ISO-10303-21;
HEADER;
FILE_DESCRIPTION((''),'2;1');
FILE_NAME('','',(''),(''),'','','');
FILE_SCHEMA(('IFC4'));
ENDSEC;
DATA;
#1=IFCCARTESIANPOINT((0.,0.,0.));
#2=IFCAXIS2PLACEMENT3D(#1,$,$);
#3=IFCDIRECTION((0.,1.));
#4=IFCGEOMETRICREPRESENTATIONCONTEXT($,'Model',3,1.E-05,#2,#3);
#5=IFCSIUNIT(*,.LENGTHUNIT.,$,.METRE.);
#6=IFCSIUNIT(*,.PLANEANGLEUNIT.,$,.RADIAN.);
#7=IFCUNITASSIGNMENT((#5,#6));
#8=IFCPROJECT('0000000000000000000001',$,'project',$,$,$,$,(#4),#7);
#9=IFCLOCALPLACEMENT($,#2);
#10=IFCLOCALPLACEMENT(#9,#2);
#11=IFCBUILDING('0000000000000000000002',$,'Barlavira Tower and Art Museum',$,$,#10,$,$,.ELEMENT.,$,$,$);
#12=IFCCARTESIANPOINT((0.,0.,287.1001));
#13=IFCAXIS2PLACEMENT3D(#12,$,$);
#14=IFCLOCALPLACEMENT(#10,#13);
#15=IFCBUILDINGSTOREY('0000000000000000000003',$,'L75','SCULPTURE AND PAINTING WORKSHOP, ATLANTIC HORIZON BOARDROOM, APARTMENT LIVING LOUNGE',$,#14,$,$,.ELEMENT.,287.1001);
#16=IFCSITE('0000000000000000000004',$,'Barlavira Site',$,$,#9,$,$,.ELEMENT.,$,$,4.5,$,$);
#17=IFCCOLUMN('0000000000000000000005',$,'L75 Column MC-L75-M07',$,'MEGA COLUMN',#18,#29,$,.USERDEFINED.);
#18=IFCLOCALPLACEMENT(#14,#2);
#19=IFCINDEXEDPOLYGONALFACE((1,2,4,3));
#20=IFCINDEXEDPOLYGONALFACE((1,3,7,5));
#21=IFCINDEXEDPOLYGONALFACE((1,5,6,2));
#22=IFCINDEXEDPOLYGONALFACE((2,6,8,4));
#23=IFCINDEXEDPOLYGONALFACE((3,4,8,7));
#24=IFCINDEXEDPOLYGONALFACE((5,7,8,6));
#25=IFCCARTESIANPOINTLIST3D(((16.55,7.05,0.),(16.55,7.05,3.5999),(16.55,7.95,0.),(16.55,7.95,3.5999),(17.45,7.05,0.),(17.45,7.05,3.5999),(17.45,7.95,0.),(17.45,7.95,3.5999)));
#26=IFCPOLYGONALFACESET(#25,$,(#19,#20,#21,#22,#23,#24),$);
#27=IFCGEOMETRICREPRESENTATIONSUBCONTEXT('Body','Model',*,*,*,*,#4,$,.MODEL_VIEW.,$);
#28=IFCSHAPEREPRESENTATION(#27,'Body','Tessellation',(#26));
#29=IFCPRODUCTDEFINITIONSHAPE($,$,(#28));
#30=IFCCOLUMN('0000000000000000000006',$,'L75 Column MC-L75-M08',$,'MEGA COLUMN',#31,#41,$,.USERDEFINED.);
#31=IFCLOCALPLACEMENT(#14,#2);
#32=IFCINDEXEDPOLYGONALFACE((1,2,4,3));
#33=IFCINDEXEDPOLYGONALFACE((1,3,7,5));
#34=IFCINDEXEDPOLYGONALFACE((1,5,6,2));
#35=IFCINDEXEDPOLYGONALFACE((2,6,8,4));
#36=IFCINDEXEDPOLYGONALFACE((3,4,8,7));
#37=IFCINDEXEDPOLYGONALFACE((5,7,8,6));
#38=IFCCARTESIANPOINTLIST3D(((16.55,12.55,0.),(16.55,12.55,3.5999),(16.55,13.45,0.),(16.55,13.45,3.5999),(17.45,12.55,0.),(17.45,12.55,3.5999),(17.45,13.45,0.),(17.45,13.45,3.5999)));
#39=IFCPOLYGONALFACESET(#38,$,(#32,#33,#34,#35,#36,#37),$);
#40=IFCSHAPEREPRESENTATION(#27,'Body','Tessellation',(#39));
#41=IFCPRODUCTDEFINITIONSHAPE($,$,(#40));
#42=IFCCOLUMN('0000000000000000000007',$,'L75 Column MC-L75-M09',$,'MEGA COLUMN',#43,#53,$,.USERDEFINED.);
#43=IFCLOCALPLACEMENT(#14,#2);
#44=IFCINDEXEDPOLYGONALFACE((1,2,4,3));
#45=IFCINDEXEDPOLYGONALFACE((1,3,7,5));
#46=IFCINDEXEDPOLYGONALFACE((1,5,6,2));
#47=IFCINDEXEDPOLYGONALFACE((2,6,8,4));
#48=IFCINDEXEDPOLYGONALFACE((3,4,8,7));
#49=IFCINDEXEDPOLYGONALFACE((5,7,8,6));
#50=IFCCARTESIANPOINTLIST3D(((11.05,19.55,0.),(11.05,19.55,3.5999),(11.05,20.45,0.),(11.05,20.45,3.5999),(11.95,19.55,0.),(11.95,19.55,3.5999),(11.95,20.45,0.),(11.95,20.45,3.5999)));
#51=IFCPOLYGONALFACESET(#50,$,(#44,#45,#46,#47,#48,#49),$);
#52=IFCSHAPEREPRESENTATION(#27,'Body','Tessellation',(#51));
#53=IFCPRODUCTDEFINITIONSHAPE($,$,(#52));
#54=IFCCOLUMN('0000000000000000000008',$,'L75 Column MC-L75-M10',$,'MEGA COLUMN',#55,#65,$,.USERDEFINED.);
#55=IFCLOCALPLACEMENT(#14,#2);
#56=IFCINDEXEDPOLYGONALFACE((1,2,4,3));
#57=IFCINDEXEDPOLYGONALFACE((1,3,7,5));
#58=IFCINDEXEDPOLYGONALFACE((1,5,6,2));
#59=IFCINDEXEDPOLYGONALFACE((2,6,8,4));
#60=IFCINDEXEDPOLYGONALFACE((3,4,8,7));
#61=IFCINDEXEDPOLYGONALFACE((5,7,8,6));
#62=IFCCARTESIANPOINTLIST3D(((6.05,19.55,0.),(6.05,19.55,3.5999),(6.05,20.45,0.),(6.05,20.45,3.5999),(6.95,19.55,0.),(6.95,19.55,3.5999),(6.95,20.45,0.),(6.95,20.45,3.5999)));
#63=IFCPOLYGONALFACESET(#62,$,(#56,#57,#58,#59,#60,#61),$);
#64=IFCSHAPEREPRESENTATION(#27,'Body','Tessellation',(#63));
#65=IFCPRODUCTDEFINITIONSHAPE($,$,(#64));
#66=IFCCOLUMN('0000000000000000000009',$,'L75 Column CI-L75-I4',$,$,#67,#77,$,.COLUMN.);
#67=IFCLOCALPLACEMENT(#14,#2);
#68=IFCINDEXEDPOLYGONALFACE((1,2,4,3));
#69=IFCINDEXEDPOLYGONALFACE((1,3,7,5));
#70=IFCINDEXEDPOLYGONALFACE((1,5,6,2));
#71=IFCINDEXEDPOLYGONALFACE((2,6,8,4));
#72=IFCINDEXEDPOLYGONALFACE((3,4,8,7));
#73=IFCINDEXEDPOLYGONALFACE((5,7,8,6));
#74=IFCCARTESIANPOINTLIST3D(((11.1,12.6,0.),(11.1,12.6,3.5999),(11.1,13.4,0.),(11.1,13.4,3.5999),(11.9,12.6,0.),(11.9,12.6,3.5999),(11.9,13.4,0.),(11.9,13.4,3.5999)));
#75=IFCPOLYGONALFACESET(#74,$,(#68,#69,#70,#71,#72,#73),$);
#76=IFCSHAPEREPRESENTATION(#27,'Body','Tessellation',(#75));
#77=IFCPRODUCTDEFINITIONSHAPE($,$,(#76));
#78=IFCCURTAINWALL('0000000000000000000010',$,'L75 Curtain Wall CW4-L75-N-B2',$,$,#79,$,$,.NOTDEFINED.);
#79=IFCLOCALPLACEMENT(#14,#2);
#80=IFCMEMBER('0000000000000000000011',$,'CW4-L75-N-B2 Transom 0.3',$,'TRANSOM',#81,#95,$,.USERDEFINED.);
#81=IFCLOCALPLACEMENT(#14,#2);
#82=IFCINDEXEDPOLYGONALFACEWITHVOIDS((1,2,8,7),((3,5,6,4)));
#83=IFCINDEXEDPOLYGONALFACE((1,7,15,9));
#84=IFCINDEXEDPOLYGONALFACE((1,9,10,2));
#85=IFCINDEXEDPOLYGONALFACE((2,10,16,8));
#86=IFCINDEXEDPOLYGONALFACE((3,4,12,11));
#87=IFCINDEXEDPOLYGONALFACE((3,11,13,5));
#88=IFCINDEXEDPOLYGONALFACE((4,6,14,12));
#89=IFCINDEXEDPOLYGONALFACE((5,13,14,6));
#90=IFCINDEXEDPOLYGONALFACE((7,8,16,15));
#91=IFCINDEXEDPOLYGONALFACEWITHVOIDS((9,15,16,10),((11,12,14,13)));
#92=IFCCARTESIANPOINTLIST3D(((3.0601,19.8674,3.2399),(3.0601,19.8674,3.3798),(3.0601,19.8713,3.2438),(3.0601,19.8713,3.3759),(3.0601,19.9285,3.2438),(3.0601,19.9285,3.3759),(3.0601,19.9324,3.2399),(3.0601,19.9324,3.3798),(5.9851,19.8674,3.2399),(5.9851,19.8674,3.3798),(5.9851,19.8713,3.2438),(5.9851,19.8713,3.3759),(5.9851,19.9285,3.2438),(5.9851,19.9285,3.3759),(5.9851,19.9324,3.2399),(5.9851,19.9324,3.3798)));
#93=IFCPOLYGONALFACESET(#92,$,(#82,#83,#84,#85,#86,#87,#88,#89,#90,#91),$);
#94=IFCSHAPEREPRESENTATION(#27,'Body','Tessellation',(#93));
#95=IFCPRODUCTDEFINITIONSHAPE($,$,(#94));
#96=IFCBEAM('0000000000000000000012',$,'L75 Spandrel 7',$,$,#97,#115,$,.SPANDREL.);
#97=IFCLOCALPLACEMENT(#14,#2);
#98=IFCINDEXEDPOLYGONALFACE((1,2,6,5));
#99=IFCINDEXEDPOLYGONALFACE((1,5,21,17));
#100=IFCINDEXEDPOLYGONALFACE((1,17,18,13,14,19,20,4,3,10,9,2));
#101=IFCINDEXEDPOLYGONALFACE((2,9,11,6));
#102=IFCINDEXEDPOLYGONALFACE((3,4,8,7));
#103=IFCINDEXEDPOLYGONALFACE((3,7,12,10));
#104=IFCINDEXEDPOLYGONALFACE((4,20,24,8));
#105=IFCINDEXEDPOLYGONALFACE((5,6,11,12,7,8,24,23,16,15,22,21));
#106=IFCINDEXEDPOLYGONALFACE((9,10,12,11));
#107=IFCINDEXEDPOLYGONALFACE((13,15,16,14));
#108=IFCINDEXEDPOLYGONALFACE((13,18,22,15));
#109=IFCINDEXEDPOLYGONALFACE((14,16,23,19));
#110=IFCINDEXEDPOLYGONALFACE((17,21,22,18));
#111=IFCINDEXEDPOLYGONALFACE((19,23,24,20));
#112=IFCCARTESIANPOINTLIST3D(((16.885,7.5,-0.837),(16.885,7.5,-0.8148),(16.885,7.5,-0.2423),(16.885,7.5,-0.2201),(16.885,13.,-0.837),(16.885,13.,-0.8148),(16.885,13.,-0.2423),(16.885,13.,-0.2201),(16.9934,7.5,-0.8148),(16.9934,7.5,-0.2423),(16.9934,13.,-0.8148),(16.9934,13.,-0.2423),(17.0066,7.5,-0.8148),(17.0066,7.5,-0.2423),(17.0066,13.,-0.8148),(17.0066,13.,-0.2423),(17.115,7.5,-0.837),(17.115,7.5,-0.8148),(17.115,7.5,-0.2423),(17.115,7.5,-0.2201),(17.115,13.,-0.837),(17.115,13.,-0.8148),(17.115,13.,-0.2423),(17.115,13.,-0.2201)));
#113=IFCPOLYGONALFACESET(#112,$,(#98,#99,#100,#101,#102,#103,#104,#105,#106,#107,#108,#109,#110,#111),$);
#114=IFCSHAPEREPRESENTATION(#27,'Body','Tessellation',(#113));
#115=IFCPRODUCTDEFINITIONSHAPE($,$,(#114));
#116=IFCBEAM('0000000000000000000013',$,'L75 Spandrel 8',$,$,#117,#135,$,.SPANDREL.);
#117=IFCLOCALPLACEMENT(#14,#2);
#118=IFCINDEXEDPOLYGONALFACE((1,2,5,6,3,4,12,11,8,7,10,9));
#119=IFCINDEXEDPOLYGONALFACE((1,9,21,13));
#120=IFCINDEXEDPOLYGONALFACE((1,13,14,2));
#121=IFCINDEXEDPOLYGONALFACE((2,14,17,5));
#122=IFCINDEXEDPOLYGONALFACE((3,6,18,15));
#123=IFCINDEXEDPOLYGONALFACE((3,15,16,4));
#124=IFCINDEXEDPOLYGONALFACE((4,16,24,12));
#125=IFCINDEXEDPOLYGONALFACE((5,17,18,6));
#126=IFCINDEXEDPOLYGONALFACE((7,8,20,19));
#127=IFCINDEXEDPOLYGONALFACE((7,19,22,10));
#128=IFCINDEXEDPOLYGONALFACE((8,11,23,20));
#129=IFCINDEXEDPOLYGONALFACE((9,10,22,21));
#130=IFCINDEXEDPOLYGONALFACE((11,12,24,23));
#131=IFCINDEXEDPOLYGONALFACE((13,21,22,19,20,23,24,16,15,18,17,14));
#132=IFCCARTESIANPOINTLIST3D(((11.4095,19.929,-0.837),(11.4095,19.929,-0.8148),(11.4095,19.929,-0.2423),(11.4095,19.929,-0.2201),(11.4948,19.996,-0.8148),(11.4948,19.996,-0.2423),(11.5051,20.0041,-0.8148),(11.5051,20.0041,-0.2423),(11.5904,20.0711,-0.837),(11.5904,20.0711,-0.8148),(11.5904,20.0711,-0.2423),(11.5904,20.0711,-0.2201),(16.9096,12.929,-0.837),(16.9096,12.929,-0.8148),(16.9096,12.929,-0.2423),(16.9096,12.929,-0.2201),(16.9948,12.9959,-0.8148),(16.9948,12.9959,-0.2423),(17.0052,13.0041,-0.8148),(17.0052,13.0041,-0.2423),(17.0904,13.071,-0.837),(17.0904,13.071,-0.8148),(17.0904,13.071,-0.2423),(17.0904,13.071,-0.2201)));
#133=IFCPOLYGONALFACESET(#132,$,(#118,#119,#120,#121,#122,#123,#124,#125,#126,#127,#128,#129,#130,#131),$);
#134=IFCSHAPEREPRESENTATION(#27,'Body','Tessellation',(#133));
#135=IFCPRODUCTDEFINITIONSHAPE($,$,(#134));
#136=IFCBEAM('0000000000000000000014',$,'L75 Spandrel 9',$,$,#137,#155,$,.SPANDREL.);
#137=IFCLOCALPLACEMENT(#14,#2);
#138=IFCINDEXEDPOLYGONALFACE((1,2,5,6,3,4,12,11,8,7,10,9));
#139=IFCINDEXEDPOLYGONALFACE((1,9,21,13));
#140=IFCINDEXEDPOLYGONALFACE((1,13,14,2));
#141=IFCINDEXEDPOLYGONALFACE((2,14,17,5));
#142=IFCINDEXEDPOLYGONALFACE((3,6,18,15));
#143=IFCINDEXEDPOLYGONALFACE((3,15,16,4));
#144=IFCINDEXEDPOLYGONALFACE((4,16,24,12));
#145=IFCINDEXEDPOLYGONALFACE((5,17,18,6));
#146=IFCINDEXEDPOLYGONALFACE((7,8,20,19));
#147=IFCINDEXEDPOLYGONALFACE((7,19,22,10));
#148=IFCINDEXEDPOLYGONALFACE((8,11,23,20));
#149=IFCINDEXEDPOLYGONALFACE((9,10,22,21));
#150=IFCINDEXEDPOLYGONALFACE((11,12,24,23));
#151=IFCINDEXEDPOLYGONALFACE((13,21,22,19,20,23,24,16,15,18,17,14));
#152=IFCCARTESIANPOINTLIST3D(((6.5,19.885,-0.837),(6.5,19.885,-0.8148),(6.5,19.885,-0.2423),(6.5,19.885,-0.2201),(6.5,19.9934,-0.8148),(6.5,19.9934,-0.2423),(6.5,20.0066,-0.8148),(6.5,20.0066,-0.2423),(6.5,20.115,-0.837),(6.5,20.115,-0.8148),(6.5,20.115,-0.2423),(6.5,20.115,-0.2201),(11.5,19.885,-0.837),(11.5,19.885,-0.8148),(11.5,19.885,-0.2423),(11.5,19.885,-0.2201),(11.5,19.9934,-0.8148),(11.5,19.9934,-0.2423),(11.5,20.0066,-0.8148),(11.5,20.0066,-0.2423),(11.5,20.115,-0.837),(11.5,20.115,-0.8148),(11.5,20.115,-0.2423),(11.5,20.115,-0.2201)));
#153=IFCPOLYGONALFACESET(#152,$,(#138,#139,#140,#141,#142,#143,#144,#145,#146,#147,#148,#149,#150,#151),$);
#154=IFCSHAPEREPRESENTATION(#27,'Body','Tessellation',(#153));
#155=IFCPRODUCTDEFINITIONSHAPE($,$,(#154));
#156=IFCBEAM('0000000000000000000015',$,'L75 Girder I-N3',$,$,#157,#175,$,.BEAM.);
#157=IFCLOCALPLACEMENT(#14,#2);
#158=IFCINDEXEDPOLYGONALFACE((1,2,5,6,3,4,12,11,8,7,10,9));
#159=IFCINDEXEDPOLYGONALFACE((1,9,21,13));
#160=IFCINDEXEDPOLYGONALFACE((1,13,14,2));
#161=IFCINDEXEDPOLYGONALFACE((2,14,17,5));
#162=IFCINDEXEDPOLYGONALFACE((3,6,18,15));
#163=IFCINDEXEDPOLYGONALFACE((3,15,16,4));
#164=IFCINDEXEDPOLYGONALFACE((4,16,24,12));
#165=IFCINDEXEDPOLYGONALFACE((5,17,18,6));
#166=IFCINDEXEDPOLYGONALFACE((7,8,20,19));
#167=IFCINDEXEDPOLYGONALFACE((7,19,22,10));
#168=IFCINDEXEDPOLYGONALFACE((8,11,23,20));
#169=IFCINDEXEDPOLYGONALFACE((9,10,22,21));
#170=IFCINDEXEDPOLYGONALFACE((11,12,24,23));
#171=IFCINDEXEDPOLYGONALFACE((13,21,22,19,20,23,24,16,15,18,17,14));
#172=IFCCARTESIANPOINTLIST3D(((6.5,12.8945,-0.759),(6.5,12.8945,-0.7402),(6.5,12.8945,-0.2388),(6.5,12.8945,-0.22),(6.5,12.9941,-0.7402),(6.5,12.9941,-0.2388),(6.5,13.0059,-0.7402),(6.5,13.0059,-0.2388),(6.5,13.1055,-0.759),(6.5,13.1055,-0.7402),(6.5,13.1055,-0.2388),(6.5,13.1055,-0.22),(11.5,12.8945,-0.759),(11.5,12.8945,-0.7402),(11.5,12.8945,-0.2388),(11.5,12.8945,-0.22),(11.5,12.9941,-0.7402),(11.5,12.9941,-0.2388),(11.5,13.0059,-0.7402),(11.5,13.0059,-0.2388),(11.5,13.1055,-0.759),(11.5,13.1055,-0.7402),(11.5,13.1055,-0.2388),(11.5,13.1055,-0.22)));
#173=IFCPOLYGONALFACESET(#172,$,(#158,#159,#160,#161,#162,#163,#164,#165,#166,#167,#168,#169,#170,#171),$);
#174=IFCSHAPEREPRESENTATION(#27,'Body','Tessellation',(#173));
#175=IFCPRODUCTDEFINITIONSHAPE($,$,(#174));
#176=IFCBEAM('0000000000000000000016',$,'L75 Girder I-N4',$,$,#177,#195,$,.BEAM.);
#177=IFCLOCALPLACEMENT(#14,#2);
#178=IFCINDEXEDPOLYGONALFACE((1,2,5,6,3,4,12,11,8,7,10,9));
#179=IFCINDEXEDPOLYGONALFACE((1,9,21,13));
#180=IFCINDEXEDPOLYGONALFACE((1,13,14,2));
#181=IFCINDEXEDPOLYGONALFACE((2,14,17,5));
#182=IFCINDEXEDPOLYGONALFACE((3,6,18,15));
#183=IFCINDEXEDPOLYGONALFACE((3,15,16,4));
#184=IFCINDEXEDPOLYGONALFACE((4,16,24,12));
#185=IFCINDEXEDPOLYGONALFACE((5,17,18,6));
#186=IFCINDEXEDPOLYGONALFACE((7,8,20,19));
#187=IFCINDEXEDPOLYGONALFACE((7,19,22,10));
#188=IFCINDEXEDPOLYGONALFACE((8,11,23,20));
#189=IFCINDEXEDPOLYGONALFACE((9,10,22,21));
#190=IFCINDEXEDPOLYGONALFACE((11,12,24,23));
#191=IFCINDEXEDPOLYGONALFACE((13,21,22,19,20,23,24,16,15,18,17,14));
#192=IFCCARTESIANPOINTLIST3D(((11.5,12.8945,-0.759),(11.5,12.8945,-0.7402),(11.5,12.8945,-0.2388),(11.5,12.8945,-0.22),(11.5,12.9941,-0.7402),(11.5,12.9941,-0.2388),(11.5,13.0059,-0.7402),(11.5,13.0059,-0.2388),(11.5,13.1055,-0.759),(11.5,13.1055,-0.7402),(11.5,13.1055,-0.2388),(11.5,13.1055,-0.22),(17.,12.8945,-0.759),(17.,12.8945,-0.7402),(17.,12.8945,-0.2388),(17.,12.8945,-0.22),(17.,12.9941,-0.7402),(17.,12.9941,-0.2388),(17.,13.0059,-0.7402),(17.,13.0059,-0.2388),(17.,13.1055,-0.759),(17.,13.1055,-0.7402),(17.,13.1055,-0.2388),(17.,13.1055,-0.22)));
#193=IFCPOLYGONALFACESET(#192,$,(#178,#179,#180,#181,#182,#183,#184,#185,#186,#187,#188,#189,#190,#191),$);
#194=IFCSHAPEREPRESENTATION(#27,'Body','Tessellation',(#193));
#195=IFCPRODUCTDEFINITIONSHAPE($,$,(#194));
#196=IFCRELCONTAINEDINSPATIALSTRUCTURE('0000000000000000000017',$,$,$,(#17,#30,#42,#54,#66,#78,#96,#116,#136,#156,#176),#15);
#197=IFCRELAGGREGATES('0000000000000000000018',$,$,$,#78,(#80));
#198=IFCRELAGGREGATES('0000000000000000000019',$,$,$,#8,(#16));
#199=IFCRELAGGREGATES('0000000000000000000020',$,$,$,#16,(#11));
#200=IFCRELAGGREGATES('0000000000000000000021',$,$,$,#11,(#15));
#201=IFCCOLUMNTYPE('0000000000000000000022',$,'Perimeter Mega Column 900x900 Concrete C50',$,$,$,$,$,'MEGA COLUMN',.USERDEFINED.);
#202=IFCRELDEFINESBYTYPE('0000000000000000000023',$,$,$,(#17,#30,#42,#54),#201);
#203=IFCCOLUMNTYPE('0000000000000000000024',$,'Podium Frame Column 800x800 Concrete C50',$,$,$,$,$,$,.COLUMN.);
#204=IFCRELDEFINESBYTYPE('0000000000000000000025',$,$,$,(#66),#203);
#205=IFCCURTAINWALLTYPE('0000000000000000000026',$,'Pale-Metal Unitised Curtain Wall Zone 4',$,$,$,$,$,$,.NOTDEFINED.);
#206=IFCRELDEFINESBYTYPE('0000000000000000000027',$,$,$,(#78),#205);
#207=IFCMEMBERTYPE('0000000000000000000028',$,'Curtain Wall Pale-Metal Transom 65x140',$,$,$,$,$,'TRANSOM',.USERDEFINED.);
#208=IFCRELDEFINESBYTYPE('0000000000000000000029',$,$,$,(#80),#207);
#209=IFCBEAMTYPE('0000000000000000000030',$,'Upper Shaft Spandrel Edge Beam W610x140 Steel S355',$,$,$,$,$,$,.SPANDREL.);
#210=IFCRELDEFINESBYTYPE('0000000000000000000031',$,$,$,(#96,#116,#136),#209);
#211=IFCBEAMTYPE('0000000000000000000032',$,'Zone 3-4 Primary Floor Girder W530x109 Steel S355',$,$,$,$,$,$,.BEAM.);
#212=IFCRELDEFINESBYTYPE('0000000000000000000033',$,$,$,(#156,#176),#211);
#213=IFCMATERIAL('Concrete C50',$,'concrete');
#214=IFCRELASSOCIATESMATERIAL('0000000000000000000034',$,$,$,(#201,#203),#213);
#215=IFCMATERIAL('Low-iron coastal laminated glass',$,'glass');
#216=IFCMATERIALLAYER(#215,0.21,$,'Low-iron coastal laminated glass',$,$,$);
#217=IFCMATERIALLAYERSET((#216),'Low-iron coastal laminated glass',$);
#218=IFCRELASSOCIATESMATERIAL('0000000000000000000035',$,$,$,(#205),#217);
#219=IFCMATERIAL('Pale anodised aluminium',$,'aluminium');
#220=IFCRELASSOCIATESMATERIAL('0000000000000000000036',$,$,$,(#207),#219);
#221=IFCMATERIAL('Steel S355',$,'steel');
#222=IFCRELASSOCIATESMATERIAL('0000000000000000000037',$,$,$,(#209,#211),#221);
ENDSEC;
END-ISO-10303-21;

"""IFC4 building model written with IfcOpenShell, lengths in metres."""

from ifc_helpers import new_model, si_unit, direction, frame, origin, origin_2d, place, context, subcontext, project, spatial, rectangle, hollow_rectangle, i_section, extrude, material, layer, layer_set, material_profile, profile_set, type_object, element, aggregate, save


model = new_model("IFC4")

# Units and contexts
model_context = context("Model", 3, precision=1e-05, world=origin(), true_north=direction((0.0, 1.0)))
body_context = subcontext(model_context, "Body", "Model", "MODEL_VIEW")
ifc_project = project(units=[si_unit("LENGTHUNIT", "METRE"), si_unit("PLANEANGLEUNIT", "RADIAN")], contexts=[model_context])

# Site, building, storey
site_placement = place(None, origin())
site = spatial("IfcSite", under=ifc_project, at=site_placement, Name="Barlavira Site", CompositionType="ELEMENT", RefElevation=4.5)
building_placement = place(site_placement, origin())
building = spatial("IfcBuilding", under=site, at=building_placement, Name="Barlavira Tower and Art Museum", CompositionType="ELEMENT")
storey_placement = place(building_placement, frame((0.0, 0.0, 287.1001)))
storey = spatial("IfcBuildingStorey", under=building, at=storey_placement, Name="L75", Description="SCULPTURE AND PAINTING WORKSHOP, ATLANTIC HORIZON BOARDROOM, APARTMENT LIVING LOUNGE", CompositionType="ELEMENT", Elevation=287.1001)

# Columns
ifc_material_1 = material(Name="Concrete C50", Category="concrete")
ifc_material_profile_1 = material_profile(ifc_material_1, rectangle(XDim=0.8999, YDim=0.8999, at=origin_2d()), Name="RC-COL 900x900")
ifc_profile_set_1 = profile_set([ifc_material_profile_1], Name="Concrete C50")
column_type_1 = type_object("IfcColumnType", Name="Perimeter Mega Column 900x900 Concrete C50", ElementType="MEGA COLUMN", PredefinedType="USERDEFINED", material=ifc_profile_set_1)
for number, where, z_axis, x_axis, name in (
    (1, (17.0, 7.5, 0.0), (0.0, 0.0, 1.0), (1.0, 0.0, 0.0), "L75 Column MC-L75-M07"),
    (2, (17.0, 13.0, 0.0), (0.0, 0.0, 1.0), (1.0, 0.0, 0.0), "L75 Column MC-L75-M08"),
    (3, (11.5, 20.0, 0.0), (0.0, 0.0, 1.0), (1.0, 0.0, 0.0), "L75 Column MC-L75-M09"),
    (4, (6.5, 20.0, 0.0), (0.0, 0.0, 1.0), (1.0, 0.0, 0.0), "L75 Column MC-L75-M10"),
):
    element("IfcColumn", number, at=place(storey_placement, frame(where, z_axis=z_axis, x_axis=x_axis)), inside=storey, type_object=column_type_1, Name=name, ObjectType="MEGA COLUMN", PredefinedType="USERDEFINED", context=body_context, shape_type="SweptSolid", body=[
        extrude(rectangle(XDim=0.8999, YDim=0.8999, at=origin_2d()), origin(), (0.0, 0.0, 1.0), 3.5999),
    ])
ifc_material_profile_2 = material_profile(ifc_material_1, rectangle(XDim=0.8, YDim=0.8, at=origin_2d()), Name="RC-COL 800x800")
ifc_profile_set_2 = profile_set([ifc_material_profile_2], Name="Concrete C50")
column_type_2 = type_object("IfcColumnType", Name="Podium Frame Column 800x800 Concrete C50", PredefinedType="COLUMN", material=ifc_profile_set_2)
column_placement = place(storey_placement, frame((11.5, 13.0, 0.0), z_axis=(0.0, 0.0, 1.0), x_axis=(1.0, 0.0, 0.0)))
element("IfcColumn", 5, at=column_placement, inside=storey, type_object=column_type_2, Name="L75 Column CI-L75-I4", PredefinedType="COLUMN", context=body_context, shape_type="SweptSolid", body=[
    extrude(rectangle(XDim=0.8, YDim=0.8, at=origin_2d()), origin(), (0.0, 0.0, 1.0), 3.5999),
])

# Curtain wall, member
ifc_material_2 = material(Name="Low-iron coastal laminated glass", Category="glass")
ifc_layer_1 = layer(ifc_material_2, 0.21, Name="Low-iron coastal laminated glass")
ifc_layer_set_1 = layer_set([ifc_layer_1], Name="Low-iron coastal laminated glass")
curtain_wall_type = type_object("IfcCurtainWallType", Name="Pale-Metal Unitised Curtain Wall Zone 4", PredefinedType="NOTDEFINED", material=ifc_layer_set_1)
curtain_wall_placement = place(storey_placement, origin())
curtain_wall = element("IfcCurtainWall", 6, at=curtain_wall_placement, inside=storey, type_object=curtain_wall_type, Name="L75 Curtain Wall CW4-L75-N-B2", PredefinedType="NOTDEFINED")
ifc_material_3 = material(Name="Pale anodised aluminium", Category="aluminium")
ifc_material_profile_3 = material_profile(ifc_material_3, hollow_rectangle(XDim=0.0649, YDim=0.1399, WallThickness=0.0039, at=origin_2d()), Name="ALU-TRAN 65x140x4")
ifc_profile_set_3 = profile_set([ifc_material_profile_3], Name="Pale anodised aluminium")
member_type = type_object("IfcMemberType", Name="Curtain Wall Pale-Metal Transom 65x140", ElementType="TRANSOM", PredefinedType="USERDEFINED", material=ifc_profile_set_3)
member_placement = place(storey_placement, frame((5.9851, 19.8999, 3.3098), z_axis=(-1.0, 0.0, 0.0), x_axis=(0.0, -1.0, 0.0)))
member = element("IfcMember", 7, at=member_placement, type_object=member_type, Name="CW4-L75-N-B2 Transom 0.3", ObjectType="TRANSOM", PredefinedType="USERDEFINED", context=body_context, shape_type="SweptSolid", body=[
    extrude(hollow_rectangle(XDim=0.0649, YDim=0.1399, WallThickness=0.0039, at=origin_2d()), origin(), (0.0, 0.0, 1.0), 2.925),
])
aggregate(curtain_wall, [member])

# Beams
ifc_material_4 = material(Name="Steel S355", Category="steel")
ifc_material_profile_4 = material_profile(ifc_material_4, i_section(OverallWidth=0.23, OverallDepth=0.6169, WebThickness=0.0132, FlangeThickness=0.0222, at=origin_2d()), Name="W610x140.0")
ifc_profile_set_4 = profile_set([ifc_material_profile_4], Name="Steel S355")
beam_type_1 = type_object("IfcBeamType", Name="Upper Shaft Spandrel Edge Beam W610x140 Steel S355", PredefinedType="SPANDREL", material=ifc_profile_set_4)
beam_1_placement = place(storey_placement, frame((17.0, 7.5, -0.5286), z_axis=(0.0, 1.0, 0.0), x_axis=(-1.0, 0.0, 0.0)))
element("IfcBeam", 8, at=beam_1_placement, inside=storey, type_object=beam_type_1, Name="L75 Spandrel 7", PredefinedType="SPANDREL", context=body_context, shape_type="SweptSolid", body=[
    extrude(i_section(OverallWidth=0.23, OverallDepth=0.6169, WebThickness=0.0132, FlangeThickness=0.0222, at=origin_2d()), origin(), (0.0, 0.0, 1.0), 5.5),
])
beam_2_placement = place(storey_placement, frame((17.0, 13.0, -0.5286), z_axis=(-0.617822, 0.786318, 0.0), x_axis=(-0.786318, -0.617822, 0.0)))
element("IfcBeam", 9, at=beam_2_placement, inside=storey, type_object=beam_type_1, Name="L75 Spandrel 8", PredefinedType="SPANDREL", context=body_context, shape_type="SweptSolid", body=[
    extrude(i_section(OverallWidth=0.23, OverallDepth=0.6169, WebThickness=0.0132, FlangeThickness=0.0222, at=origin_2d()), origin(), (0.0, 0.0, 1.0), 8.9023),
])
beam_3_placement = place(storey_placement, frame((6.5, 20.0, -0.5286), z_axis=(1.0, 0.0, 0.0), x_axis=(0.0, 1.0, 0.0)))
element("IfcBeam", 10, at=beam_3_placement, inside=storey, type_object=beam_type_1, Name="L75 Spandrel 9", PredefinedType="SPANDREL", context=body_context, shape_type="SweptSolid", body=[
    extrude(i_section(OverallWidth=0.23, OverallDepth=0.6169, WebThickness=0.0132, FlangeThickness=0.0222, at=origin_2d()), origin(), (0.0, 0.0, 1.0), 5.0),
])
ifc_material_profile_5 = material_profile(ifc_material_4, i_section(OverallWidth=0.2109, OverallDepth=0.5391, WebThickness=0.0117, FlangeThickness=0.0188, at=origin_2d()), Name="W530x109.0")
ifc_profile_set_5 = profile_set([ifc_material_profile_5], Name="Steel S355")
beam_type_2 = type_object("IfcBeamType", Name="Zone 3-4 Primary Floor Girder W530x109 Steel S355", PredefinedType="BEAM", material=ifc_profile_set_5)
beam_4_placement = place(storey_placement, frame((6.5, 13.0, -0.4895), z_axis=(1.0, 0.0, 0.0), x_axis=(0.0, 1.0, 0.0)))
element("IfcBeam", 11, at=beam_4_placement, inside=storey, type_object=beam_type_2, Name="L75 Girder I-N3", PredefinedType="BEAM", context=body_context, shape_type="SweptSolid", body=[
    extrude(i_section(OverallWidth=0.2109, OverallDepth=0.5391, WebThickness=0.0117, FlangeThickness=0.0188, at=origin_2d()), origin(), (0.0, 0.0, 1.0), 5.0),
])
beam_5_placement = place(storey_placement, frame((11.5, 13.0, -0.4895), z_axis=(1.0, 0.0, 0.0), x_axis=(0.0, 1.0, 0.0)))
element("IfcBeam", 12, at=beam_5_placement, inside=storey, type_object=beam_type_2, Name="L75 Girder I-N4", PredefinedType="BEAM", context=body_context, shape_type="SweptSolid", body=[
    extrude(i_section(OverallWidth=0.2109, OverallDepth=0.5391, WebThickness=0.0117, FlangeThickness=0.0188, at=origin_2d()), origin(), (0.0, 0.0, 1.0), 5.5),
])

save(model, "model.ifc")
